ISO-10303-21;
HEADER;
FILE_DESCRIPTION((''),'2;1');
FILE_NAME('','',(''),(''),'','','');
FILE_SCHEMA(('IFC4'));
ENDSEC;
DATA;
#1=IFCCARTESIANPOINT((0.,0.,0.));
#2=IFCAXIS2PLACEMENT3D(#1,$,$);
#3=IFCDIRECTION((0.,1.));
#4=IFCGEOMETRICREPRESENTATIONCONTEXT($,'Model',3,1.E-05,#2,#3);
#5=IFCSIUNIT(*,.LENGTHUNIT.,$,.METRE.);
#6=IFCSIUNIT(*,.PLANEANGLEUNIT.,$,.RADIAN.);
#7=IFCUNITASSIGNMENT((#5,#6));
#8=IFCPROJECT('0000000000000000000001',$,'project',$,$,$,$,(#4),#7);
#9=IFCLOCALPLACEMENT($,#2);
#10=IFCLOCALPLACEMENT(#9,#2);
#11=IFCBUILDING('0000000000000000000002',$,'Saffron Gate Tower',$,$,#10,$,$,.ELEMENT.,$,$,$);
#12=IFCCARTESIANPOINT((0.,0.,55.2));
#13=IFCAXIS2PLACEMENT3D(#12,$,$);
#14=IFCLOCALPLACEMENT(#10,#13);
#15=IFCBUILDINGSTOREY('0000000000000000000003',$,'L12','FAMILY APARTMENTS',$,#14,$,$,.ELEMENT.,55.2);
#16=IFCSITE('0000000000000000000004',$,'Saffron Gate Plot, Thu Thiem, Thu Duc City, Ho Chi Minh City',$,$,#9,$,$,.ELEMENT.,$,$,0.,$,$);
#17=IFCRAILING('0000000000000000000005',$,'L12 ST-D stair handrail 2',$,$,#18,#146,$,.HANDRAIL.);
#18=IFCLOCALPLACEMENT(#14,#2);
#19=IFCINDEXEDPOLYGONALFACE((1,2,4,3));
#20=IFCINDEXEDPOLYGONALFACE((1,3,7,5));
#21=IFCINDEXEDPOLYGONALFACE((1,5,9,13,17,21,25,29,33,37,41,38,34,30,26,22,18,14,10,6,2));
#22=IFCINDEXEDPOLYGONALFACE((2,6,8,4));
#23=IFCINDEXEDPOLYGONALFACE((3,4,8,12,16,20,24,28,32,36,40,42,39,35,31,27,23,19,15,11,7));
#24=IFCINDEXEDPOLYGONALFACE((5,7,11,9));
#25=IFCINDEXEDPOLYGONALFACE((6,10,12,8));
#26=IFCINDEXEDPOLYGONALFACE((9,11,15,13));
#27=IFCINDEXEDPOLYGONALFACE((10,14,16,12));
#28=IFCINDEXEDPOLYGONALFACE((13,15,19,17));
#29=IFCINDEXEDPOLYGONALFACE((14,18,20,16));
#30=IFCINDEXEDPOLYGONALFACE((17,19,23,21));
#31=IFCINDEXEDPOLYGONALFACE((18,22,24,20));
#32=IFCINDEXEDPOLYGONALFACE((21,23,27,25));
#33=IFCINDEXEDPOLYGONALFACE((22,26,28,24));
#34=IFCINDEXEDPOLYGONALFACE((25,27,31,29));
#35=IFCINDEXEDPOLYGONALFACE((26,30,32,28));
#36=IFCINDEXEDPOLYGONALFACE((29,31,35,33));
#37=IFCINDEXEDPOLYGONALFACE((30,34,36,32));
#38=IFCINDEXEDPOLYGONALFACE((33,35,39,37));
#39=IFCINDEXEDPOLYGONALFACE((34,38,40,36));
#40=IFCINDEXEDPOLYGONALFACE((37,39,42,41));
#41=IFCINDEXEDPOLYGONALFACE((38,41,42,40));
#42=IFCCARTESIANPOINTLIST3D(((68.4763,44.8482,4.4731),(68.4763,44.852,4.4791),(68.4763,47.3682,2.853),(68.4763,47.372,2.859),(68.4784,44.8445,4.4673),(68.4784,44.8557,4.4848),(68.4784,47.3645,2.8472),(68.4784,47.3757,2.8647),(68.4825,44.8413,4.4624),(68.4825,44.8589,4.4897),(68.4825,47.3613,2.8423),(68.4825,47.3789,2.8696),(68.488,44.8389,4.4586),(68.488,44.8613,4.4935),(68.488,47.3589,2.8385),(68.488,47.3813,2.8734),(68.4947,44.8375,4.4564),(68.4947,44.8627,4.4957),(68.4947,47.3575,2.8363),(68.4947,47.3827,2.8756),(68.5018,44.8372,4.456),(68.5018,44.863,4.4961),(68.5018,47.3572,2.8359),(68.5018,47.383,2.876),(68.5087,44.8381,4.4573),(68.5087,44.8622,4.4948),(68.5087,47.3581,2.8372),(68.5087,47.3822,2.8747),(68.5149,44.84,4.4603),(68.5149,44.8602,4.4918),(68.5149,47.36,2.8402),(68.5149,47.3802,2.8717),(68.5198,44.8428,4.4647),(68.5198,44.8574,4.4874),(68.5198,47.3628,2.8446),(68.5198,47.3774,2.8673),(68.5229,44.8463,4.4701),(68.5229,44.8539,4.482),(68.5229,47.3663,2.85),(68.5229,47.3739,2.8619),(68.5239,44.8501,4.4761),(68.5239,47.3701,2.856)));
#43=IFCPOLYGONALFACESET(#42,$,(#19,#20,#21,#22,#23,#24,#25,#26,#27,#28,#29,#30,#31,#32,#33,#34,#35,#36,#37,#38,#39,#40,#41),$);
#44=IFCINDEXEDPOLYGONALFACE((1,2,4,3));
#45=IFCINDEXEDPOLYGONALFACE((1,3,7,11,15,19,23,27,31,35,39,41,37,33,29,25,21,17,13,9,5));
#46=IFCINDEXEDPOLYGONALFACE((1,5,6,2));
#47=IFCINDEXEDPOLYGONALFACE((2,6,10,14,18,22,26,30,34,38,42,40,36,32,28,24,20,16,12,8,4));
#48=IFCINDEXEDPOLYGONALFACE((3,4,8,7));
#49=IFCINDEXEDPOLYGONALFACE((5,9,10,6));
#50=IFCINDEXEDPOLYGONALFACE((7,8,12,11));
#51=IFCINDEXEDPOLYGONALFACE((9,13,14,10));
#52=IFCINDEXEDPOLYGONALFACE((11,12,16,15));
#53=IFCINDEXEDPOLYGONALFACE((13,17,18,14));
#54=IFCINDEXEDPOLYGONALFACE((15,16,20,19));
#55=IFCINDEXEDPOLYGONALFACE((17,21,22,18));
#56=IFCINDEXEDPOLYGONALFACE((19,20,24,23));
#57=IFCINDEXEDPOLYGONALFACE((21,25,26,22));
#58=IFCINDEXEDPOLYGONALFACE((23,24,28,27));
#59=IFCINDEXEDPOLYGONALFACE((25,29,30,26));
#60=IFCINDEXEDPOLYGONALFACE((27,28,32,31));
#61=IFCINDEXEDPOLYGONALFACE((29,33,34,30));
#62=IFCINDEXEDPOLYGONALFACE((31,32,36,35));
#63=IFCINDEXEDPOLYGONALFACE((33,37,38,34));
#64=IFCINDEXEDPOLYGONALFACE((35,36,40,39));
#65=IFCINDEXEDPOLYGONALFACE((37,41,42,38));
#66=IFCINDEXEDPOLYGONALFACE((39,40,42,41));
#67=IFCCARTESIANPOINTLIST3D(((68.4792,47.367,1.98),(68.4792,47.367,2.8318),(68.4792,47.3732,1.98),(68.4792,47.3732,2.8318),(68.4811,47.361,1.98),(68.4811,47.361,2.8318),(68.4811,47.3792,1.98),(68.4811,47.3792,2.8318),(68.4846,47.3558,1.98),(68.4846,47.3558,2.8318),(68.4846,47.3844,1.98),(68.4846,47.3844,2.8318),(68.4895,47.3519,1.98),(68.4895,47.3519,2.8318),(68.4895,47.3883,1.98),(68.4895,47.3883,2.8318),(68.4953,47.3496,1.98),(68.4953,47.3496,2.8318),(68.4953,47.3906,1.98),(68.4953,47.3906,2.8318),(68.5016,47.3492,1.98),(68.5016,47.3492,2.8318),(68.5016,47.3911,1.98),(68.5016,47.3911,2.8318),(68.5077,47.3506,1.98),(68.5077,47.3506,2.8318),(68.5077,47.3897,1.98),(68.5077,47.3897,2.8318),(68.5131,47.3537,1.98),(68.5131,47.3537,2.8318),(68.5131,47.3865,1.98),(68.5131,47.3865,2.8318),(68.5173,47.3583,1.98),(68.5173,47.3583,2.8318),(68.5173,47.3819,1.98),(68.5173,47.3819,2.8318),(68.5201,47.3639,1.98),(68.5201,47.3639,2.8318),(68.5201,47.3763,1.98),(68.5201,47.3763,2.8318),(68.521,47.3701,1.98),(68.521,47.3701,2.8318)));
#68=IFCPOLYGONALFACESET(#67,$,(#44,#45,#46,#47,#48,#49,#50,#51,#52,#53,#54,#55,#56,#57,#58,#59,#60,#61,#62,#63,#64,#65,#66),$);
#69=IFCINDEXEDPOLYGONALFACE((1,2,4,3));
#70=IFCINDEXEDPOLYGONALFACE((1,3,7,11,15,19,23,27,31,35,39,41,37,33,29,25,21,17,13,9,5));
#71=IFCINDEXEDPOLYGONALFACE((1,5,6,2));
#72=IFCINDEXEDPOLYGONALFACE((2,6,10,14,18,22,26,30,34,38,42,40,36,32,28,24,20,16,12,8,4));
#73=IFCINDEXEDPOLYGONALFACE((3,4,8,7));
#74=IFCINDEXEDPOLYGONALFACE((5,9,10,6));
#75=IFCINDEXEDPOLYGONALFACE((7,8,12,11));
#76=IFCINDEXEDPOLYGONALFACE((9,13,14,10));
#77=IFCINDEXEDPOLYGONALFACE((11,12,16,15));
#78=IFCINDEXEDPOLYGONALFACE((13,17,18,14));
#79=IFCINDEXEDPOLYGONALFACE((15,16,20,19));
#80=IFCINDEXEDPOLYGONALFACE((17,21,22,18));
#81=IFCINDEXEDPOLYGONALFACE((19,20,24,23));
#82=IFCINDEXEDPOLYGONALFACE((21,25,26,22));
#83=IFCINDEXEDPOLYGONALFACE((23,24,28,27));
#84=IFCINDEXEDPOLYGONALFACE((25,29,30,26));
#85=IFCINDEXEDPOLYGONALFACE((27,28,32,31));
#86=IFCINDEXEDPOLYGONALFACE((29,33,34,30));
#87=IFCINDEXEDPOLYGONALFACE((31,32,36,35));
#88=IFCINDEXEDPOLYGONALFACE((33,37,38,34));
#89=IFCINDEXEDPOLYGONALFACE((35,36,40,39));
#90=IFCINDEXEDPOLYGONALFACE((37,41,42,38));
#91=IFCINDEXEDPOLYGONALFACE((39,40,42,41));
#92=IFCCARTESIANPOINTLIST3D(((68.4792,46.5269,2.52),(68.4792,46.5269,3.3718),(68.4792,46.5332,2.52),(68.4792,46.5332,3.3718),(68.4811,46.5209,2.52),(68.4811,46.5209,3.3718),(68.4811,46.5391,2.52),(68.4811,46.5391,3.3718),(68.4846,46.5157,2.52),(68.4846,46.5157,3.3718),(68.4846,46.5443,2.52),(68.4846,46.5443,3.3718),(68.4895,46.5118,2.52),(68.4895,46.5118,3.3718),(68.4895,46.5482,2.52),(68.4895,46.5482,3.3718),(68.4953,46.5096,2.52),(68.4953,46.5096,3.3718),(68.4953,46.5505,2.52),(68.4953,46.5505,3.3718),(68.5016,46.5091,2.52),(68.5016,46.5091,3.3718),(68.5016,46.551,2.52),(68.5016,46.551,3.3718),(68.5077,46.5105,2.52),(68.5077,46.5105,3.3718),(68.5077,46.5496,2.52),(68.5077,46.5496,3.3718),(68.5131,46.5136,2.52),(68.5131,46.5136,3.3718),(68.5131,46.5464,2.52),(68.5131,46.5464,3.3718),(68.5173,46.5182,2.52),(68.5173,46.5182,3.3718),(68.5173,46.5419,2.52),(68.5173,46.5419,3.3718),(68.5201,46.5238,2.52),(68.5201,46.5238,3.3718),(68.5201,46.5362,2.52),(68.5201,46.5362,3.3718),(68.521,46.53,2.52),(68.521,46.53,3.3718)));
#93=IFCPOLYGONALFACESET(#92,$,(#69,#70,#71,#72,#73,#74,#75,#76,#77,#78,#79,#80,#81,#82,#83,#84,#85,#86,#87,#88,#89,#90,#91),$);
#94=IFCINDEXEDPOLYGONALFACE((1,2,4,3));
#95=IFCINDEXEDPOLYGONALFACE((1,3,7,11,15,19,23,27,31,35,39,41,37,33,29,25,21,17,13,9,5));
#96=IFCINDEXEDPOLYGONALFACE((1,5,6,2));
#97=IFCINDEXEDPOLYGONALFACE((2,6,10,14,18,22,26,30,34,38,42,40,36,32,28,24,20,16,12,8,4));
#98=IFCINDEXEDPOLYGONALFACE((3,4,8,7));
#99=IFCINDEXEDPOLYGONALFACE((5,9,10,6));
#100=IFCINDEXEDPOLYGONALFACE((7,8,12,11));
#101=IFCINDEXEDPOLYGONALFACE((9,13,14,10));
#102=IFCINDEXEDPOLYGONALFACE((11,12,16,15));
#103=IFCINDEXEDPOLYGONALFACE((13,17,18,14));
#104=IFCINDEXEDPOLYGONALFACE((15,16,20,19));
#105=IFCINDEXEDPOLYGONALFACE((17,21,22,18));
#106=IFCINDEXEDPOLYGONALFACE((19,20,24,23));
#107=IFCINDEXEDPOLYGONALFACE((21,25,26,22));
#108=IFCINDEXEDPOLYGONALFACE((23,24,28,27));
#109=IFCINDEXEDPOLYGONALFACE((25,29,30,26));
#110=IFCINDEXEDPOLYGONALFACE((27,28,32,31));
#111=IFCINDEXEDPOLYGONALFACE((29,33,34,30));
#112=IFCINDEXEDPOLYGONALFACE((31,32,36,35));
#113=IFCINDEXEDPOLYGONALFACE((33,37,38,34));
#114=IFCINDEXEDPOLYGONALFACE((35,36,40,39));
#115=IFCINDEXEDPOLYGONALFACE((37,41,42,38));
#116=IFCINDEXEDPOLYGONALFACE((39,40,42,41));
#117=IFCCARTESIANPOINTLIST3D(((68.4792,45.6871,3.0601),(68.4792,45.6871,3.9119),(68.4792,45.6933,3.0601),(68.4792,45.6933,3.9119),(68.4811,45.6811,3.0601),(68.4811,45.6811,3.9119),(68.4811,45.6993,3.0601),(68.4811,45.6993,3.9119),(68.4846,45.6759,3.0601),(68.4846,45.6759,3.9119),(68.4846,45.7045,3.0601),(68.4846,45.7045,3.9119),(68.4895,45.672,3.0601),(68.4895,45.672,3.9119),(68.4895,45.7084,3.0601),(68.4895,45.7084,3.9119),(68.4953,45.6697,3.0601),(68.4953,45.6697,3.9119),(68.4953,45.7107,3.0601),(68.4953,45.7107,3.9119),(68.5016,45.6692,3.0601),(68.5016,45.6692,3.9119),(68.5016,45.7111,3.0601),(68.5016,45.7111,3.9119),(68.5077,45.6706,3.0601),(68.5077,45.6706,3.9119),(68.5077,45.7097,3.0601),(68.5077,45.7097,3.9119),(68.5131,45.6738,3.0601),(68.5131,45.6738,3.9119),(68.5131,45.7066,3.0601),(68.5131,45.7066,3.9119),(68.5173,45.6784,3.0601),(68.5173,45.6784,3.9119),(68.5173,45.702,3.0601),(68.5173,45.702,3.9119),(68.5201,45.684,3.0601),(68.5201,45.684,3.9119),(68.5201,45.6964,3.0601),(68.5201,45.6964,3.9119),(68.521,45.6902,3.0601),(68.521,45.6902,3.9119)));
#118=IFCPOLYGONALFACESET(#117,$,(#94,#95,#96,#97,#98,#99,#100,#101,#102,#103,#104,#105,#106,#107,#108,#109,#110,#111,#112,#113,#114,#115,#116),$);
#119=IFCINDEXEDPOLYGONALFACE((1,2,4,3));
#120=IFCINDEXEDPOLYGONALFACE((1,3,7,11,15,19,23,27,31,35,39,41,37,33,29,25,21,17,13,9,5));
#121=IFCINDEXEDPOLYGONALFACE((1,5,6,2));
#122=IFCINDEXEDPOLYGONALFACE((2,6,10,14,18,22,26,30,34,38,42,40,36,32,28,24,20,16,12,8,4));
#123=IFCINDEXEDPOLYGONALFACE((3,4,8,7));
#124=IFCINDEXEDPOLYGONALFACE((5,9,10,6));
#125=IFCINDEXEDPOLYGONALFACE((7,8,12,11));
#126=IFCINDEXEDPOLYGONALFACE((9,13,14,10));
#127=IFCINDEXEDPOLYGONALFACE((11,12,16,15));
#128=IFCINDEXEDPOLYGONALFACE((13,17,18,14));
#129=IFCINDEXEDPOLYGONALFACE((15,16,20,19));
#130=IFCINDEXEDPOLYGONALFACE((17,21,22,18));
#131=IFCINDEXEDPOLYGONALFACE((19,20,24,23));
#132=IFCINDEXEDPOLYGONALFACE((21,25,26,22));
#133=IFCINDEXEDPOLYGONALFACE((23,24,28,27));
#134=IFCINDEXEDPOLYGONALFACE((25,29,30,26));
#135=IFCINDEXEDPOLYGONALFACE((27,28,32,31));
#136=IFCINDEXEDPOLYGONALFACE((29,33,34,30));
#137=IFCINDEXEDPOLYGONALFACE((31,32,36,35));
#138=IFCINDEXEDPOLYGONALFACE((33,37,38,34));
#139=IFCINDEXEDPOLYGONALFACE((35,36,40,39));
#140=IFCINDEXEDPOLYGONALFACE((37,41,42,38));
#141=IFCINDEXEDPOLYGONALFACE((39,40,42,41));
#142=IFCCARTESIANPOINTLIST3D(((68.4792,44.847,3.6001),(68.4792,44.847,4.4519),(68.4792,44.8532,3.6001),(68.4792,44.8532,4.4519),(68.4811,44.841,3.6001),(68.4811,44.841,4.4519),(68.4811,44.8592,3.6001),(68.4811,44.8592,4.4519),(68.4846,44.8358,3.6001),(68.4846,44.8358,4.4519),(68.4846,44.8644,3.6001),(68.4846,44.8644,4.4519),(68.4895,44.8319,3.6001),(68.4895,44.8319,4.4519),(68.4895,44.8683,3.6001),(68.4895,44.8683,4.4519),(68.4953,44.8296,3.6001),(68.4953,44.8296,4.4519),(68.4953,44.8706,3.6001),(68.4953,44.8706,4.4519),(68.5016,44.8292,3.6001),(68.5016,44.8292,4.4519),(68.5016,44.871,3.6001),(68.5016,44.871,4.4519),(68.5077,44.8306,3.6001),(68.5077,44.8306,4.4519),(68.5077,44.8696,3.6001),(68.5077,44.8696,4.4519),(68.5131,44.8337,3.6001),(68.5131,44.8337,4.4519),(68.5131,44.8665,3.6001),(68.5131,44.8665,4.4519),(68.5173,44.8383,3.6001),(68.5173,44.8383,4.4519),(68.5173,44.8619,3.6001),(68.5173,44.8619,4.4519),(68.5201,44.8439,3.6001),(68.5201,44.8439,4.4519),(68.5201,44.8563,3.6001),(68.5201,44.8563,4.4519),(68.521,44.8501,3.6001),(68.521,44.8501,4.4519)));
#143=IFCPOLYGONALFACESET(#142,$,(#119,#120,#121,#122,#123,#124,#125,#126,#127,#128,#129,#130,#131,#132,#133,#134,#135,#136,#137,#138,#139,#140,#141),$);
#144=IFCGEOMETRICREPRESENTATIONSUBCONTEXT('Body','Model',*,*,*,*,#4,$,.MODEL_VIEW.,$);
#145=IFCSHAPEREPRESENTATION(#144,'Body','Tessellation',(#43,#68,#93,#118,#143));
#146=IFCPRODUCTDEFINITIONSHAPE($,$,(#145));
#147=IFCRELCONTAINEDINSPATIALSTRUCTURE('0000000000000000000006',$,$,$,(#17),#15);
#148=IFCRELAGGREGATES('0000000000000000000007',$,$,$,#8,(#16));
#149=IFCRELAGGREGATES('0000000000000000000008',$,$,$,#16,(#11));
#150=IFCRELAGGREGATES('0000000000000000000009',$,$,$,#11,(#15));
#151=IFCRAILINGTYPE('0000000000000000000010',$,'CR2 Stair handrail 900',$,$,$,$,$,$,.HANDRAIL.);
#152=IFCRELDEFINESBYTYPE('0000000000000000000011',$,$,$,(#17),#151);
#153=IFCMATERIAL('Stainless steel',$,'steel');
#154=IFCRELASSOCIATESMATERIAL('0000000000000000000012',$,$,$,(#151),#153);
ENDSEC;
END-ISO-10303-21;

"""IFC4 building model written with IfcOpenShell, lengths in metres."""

from ifc_helpers import new_model, si_unit, direction, frame, origin, origin_2d, place, context, subcontext, project, spatial, circle, extrude, material, type_object, element, save


model = new_model("IFC4")

# Units and contexts
model_context = context("Model", 3, precision=1e-05, world=origin(), true_north=direction((0.0, 1.0)))
body_context = subcontext(model_context, "Body", "Model", "MODEL_VIEW")
ifc_project = project(units=[si_unit("LENGTHUNIT", "METRE"), si_unit("PLANEANGLEUNIT", "RADIAN")], contexts=[model_context])

# Site, building, storey
site_placement = place(None, origin())
site = spatial("IfcSite", under=ifc_project, at=site_placement, Name="Saffron Gate Plot, Thu Thiem, Thu Duc City, Ho Chi Minh City", CompositionType="ELEMENT", RefElevation=0.0)
building_placement = place(site_placement, origin())
building = spatial("IfcBuilding", under=site, at=building_placement, Name="Saffron Gate Tower", CompositionType="ELEMENT")
storey_placement = place(building_placement, frame((0.0, 0.0, 55.2)))
storey = spatial("IfcBuildingStorey", under=building, at=storey_placement, Name="L12", Description="FAMILY APARTMENTS", CompositionType="ELEMENT", Elevation=55.2)

# Railing
ifc_material_1 = material(Name="Stainless steel", Category="steel")
railing_type_1 = type_object("IfcRailingType", Name="CR2 Stair handrail 900", PredefinedType="HANDRAIL", material=ifc_material_1)
railing_1_placement = place(storey_placement, frame((68.5, 47.3701, 1.98)))
element("IfcRailing", 1, at=railing_1_placement, inside=storey, type_object=railing_type_1, Name="L12 ST-D stair handrail 2", PredefinedType="HANDRAIL", context=body_context, shape_type="SweptSolid", body=[
    extrude(circle(Radius=0.0239, at=origin_2d()), frame((0.0, 0.0, 0.876), z_axis=(0.0, -0.841163, 0.540782), x_axis=(1.0, 0.0, 0.0)), (0.0, 0.0, 1.0), 2.9958),
    extrude(circle(Radius=0.021, at=origin_2d()), origin(), (0.0, 0.0, 1.0), 0.8518),
    extrude(circle(Radius=0.021, at=origin_2d()), frame((0.0, -0.8401, 0.54)), (0.0, 0.0, 1.0), 0.8518),
    extrude(circle(Radius=0.021, at=origin_2d()), frame((0.0, -1.6799, 1.0801)), (0.0, 0.0, 1.0), 0.8518),
    extrude(circle(Radius=0.021, at=origin_2d()), frame((0.0, -2.52, 1.6201)), (0.0, 0.0, 1.0), 0.8518),
])

save(model, "model.ifc")
